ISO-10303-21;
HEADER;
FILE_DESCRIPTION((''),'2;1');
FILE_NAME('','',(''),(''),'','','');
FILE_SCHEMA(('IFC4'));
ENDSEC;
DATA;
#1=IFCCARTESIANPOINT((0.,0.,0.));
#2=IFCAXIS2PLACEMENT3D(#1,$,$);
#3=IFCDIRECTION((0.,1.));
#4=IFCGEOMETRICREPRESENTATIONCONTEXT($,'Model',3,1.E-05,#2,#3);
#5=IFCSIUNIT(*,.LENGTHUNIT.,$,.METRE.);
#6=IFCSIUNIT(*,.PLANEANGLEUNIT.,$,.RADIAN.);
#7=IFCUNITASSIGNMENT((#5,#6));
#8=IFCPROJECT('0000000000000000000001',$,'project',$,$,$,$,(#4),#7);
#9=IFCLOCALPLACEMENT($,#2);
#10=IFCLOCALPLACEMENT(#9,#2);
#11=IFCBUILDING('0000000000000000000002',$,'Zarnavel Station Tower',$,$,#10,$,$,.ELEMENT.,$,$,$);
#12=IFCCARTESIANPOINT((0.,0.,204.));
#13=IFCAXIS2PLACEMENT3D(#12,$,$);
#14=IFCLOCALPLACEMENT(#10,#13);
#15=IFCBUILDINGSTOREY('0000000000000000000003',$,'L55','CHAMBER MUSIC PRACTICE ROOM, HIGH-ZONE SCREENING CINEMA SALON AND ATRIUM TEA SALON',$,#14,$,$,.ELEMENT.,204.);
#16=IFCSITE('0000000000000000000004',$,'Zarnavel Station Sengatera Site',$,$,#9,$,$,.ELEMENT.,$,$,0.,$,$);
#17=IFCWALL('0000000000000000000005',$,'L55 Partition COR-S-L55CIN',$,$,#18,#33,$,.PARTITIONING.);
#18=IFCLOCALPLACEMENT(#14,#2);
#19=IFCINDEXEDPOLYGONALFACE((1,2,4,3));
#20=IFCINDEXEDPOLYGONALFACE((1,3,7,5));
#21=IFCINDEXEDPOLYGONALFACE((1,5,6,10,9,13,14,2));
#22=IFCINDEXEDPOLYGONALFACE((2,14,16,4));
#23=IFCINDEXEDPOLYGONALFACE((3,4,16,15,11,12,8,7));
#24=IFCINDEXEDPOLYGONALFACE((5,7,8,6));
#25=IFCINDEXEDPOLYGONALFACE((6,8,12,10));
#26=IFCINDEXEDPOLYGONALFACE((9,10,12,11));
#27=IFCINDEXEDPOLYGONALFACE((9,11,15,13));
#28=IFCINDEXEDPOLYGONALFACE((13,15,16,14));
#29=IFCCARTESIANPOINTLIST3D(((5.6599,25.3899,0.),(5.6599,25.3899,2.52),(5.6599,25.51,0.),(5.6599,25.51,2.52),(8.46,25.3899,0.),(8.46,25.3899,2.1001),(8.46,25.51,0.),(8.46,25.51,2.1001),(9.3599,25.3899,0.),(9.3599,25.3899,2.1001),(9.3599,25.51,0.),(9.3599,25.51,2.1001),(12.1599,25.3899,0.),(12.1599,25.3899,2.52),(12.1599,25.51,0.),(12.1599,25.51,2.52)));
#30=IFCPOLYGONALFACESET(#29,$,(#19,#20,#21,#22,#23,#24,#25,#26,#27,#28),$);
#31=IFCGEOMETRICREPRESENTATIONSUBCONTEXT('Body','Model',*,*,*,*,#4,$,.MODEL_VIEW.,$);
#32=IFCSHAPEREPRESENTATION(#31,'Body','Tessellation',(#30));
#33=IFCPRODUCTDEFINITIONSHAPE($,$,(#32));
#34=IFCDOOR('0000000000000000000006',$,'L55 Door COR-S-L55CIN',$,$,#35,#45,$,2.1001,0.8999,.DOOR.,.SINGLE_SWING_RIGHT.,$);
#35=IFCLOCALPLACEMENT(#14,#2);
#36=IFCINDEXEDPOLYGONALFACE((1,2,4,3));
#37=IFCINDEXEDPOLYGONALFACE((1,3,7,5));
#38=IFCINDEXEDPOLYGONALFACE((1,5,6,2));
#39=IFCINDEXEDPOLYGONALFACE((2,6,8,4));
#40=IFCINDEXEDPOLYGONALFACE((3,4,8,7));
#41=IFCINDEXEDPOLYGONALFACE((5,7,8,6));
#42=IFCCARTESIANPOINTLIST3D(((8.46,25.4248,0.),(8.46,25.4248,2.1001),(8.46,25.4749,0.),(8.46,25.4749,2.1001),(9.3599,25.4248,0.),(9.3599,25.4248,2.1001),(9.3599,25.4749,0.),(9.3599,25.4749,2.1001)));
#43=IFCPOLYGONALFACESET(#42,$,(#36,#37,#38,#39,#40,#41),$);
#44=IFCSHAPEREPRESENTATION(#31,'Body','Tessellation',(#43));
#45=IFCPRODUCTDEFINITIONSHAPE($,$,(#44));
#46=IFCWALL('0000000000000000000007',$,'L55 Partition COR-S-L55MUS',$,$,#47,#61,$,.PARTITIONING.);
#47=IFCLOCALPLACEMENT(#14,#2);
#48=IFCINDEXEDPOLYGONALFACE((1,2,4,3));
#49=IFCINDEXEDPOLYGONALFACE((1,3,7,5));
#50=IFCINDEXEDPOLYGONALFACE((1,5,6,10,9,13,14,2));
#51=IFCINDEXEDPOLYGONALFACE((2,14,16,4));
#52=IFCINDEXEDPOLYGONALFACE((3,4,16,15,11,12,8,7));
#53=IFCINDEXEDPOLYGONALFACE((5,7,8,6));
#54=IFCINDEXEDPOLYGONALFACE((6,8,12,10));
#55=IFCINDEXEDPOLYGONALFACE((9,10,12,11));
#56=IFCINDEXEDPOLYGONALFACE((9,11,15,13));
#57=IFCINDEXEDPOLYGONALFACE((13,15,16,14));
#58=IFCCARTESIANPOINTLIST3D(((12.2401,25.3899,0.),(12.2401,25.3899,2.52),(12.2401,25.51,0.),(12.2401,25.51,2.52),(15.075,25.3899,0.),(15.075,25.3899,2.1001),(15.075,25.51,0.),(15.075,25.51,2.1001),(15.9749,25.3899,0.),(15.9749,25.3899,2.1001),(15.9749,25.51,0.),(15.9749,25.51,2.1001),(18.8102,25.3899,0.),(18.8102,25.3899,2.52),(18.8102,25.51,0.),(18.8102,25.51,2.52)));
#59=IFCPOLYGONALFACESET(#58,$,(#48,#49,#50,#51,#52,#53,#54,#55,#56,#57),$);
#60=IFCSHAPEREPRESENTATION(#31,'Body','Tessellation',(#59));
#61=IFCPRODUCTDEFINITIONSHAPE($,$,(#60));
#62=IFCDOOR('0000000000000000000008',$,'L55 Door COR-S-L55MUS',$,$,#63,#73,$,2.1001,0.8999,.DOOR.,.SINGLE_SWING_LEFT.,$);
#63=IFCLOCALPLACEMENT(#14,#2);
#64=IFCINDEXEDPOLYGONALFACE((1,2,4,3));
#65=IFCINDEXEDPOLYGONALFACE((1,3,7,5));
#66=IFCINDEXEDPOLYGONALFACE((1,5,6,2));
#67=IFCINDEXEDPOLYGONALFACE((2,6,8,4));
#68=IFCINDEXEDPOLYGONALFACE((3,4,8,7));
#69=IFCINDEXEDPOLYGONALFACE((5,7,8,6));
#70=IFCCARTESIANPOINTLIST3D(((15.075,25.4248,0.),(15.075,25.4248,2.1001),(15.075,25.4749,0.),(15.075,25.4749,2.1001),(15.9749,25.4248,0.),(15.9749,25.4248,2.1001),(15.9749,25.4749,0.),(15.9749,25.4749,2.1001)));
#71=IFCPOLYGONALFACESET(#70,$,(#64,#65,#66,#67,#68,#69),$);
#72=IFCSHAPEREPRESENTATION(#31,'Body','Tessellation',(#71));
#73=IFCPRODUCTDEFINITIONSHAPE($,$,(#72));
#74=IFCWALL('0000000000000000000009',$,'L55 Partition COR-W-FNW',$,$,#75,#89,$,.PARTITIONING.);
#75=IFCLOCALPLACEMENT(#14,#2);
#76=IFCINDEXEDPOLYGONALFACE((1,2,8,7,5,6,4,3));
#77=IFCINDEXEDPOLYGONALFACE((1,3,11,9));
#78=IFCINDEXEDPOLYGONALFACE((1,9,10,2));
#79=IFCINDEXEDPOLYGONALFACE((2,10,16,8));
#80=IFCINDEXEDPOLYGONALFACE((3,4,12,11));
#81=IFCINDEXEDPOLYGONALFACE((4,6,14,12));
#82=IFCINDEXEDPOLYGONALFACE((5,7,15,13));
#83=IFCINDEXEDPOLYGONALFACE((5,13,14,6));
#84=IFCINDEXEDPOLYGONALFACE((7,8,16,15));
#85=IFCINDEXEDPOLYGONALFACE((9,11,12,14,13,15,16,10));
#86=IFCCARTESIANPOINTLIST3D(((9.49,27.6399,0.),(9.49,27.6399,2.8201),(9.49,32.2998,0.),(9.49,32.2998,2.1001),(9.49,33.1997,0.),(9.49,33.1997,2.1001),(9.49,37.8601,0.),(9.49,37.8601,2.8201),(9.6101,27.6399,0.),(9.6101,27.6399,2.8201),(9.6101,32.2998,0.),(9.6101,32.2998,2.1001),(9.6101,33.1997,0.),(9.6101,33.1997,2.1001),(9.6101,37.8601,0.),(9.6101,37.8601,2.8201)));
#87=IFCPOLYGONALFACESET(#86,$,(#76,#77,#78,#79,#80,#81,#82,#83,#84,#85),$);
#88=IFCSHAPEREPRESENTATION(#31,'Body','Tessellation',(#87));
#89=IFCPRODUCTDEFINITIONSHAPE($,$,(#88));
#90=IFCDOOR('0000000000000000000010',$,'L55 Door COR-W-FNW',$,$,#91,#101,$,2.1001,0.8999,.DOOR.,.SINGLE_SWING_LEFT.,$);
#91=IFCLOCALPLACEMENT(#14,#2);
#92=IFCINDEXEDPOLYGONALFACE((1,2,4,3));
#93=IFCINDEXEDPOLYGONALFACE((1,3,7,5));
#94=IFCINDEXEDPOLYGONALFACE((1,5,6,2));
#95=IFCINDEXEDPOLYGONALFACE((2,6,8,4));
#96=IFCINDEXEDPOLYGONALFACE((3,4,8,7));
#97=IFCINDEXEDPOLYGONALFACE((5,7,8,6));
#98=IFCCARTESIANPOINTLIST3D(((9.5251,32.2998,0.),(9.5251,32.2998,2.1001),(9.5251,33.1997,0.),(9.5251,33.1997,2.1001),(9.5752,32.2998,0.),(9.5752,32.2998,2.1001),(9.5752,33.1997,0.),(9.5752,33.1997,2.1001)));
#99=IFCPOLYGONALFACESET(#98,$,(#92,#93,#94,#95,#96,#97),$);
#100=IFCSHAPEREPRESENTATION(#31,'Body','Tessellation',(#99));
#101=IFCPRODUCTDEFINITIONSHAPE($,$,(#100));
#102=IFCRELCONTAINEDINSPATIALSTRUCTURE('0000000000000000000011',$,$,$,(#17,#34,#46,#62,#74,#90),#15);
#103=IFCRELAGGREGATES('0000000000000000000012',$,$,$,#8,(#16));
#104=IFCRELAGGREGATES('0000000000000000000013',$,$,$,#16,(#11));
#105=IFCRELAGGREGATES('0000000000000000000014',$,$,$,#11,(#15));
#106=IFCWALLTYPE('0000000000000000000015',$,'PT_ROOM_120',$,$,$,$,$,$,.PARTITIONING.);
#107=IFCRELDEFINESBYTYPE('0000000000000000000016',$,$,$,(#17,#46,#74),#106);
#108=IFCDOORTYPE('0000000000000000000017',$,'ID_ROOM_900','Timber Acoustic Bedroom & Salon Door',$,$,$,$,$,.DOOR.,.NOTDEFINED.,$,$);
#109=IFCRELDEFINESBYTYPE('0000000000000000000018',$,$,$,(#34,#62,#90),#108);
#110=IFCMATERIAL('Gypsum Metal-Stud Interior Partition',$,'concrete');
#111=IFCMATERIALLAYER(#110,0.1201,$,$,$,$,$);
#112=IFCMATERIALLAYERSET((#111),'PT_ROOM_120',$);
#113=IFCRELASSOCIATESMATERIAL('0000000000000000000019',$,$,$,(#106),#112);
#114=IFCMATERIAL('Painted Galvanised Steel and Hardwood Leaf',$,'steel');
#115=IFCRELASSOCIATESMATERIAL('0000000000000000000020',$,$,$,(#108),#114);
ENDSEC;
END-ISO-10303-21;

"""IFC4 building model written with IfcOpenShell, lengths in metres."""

from ifc_helpers import new_model, si_unit, direction, frame, frame_2d, origin, place, context, subcontext, project, spatial, rectangle, extrude, material, layer, layer_set, type_object, element, fill, save


model = new_model("IFC4")

# Units and contexts
model_context = context("Model", 3, precision=1e-05, world=origin(), true_north=direction((0.0, 1.0)))
body_context = subcontext(model_context, "Body", "Model", "MODEL_VIEW")
ifc_project = project(units=[si_unit("LENGTHUNIT", "METRE"), si_unit("PLANEANGLEUNIT", "RADIAN")], contexts=[model_context])

# Site, building, storey
site_placement = place(None, origin())
site = spatial("IfcSite", under=ifc_project, at=site_placement, Name="Zarnavel Station Sengatera Site", CompositionType="ELEMENT", RefElevation=0.0)
building_placement = place(site_placement, origin())
building = spatial("IfcBuilding", under=site, at=building_placement, Name="Zarnavel Station Tower", CompositionType="ELEMENT")
storey_placement = place(building_placement, frame((0.0, 0.0, 204.0)))
storey = spatial("IfcBuildingStorey", under=building, at=storey_placement, Name="L55", Description="CHAMBER MUSIC PRACTICE ROOM, HIGH-ZONE SCREENING CINEMA SALON AND ATRIUM TEA SALON", CompositionType="ELEMENT", Elevation=204.0)

# Walls, openings, doors
ifc_material_1 = material(Name="Gypsum Metal-Stud Interior Partition", Category="concrete")
ifc_layer_1 = layer(ifc_material_1, 0.1201)
ifc_layer_set_1 = layer_set([ifc_layer_1], Name="PT_ROOM_120")
wall_type_1 = type_object("IfcWallType", Name="PT_ROOM_120", PredefinedType="PARTITIONING", material=ifc_layer_set_1)
ifc_material_2 = material(Name="Painted Galvanised Steel and Hardwood Leaf", Category="steel")
door_type = type_object("IfcDoorType", Name="ID_ROOM_900", Description="Timber Acoustic Bedroom & Salon Door", OperationType="NOTDEFINED", PredefinedType="DOOR", material=ifc_material_2)
wall_1_placement = place(storey_placement, frame((5.6599, 25.45, 0.0), z_axis=(0.0, 0.0, 1.0), x_axis=(1.0, 0.0, 0.0)))
wall_1 = element("IfcWall", 1, at=wall_1_placement, inside=storey, type_object=wall_type_1, Name="L55 Partition COR-S-L55CIN", PredefinedType="PARTITIONING", context=body_context, shape_type="SweptSolid", body=[
    extrude(rectangle(XDim=6.5, YDim=0.1201, at=frame_2d((3.25, 0.0))), origin(), (0.0, 0.0, 1.0), 2.52),
])
opening_1_placement = place(wall_1_placement, frame((2.8, 0.0, 0.0)))
opening_1 = element("IfcOpeningElement", 2, at=opening_1_placement, cuts=wall_1, PredefinedType="OPENING", context=body_context, shape_type="SweptSolid", body=[
    extrude(rectangle(XDim=0.8999, YDim=2.1001, at=frame_2d((0.45, 1.05))), frame((0.0, 0.0701, 0.0), z_axis=(0.0, -1.0, 0.0), x_axis=(1.0, 0.0, 0.0)), (0.0, 0.0, 1.0), 0.1401),
])
door_1_placement = place(opening_1_placement, origin())
door_1 = element("IfcDoor", 3, at=door_1_placement, inside=storey, type_object=door_type, Name="L55 Door COR-S-L55CIN", OperationType="SINGLE_SWING_RIGHT", OverallHeight=2.1001, OverallWidth=0.8999, PredefinedType="DOOR", context=body_context, shape_type="SweptSolid", body=[
    extrude(rectangle(XDim=0.8999, YDim=2.1001, at=frame_2d((0.45, 1.05))), frame((0.0, 0.0249, 0.0), z_axis=(0.0, -1.0, 0.0), x_axis=(1.0, 0.0, 0.0)), (0.0, 0.0, 1.0), 0.05),
])
fill(opening_1, door_1)
wall_2_placement = place(storey_placement, frame((12.24, 25.45, 0.0), z_axis=(0.0, 0.0, 1.0), x_axis=(1.0, 0.0, 0.0)))
wall_2 = element("IfcWall", 4, at=wall_2_placement, inside=storey, type_object=wall_type_1, Name="L55 Partition COR-S-L55MUS", PredefinedType="PARTITIONING", context=body_context, shape_type="SweptSolid", body=[
    extrude(rectangle(XDim=6.5701, YDim=0.1201, at=frame_2d((3.2852, 0.0))), origin(), (0.0, 0.0, 1.0), 2.52),
])
opening_2_placement = place(wall_2_placement, frame((2.835, 0.0, 0.0)))
opening_2 = element("IfcOpeningElement", 5, at=opening_2_placement, cuts=wall_2, PredefinedType="OPENING", context=body_context, shape_type="SweptSolid", body=[
    extrude(rectangle(XDim=0.8999, YDim=2.1001, at=frame_2d((0.45, 1.05))), frame((0.0, 0.0701, 0.0), z_axis=(0.0, -1.0, 0.0), x_axis=(1.0, 0.0, 0.0)), (0.0, 0.0, 1.0), 0.1401),
])
door_2_placement = place(opening_2_placement, origin())
door_2 = element("IfcDoor", 6, at=door_2_placement, inside=storey, type_object=door_type, Name="L55 Door COR-S-L55MUS", OperationType="SINGLE_SWING_LEFT", OverallHeight=2.1001, OverallWidth=0.8999, PredefinedType="DOOR", context=body_context, shape_type="SweptSolid", body=[
    extrude(rectangle(XDim=0.8999, YDim=2.1001, at=frame_2d((0.45, 1.05))), frame((0.0, 0.0249, 0.0), z_axis=(0.0, -1.0, 0.0), x_axis=(1.0, 0.0, 0.0)), (0.0, 0.0, 1.0), 0.05),
])
fill(opening_2, door_2)
wall_3_placement = place(storey_placement, frame((9.55, 27.6399, 0.0), z_axis=(0.0, 0.0, 1.0), x_axis=(0.0, 1.0, 0.0)))
wall_3 = element("IfcWall", 7, at=wall_3_placement, inside=storey, type_object=wall_type_1, Name="L55 Partition COR-W-FNW", PredefinedType="PARTITIONING", context=body_context, shape_type="SweptSolid", body=[
    extrude(rectangle(XDim=10.2202, YDim=0.1201, at=frame_2d((5.1101, 0.0))), origin(), (0.0, 0.0, 1.0), 2.8201),
])
opening_3_placement = place(wall_3_placement, frame((4.6599, 0.0, 0.0)))
opening_3 = element("IfcOpeningElement", 8, at=opening_3_placement, cuts=wall_3, PredefinedType="OPENING", context=body_context, shape_type="SweptSolid", body=[
    extrude(rectangle(XDim=0.8999, YDim=2.1001, at=frame_2d((0.45, 1.05))), frame((0.0, 0.0701, 0.0), z_axis=(0.0, -1.0, 0.0), x_axis=(1.0, 0.0, 0.0)), (0.0, 0.0, 1.0), 0.1401),
])
door_3_placement = place(opening_3_placement, origin())
door_3 = element("IfcDoor", 9, at=door_3_placement, inside=storey, type_object=door_type, Name="L55 Door COR-W-FNW", OperationType="SINGLE_SWING_LEFT", OverallHeight=2.1001, OverallWidth=0.8999, PredefinedType="DOOR", context=body_context, shape_type="SweptSolid", body=[
    extrude(rectangle(XDim=0.8999, YDim=2.1001, at=frame_2d((0.45, 1.05))), frame((0.0, 0.0249, 0.0), z_axis=(0.0, -1.0, 0.0), x_axis=(1.0, 0.0, 0.0)), (0.0, 0.0, 1.0), 0.05),
])
fill(opening_3, door_3)

save(model, "model.ifc")
